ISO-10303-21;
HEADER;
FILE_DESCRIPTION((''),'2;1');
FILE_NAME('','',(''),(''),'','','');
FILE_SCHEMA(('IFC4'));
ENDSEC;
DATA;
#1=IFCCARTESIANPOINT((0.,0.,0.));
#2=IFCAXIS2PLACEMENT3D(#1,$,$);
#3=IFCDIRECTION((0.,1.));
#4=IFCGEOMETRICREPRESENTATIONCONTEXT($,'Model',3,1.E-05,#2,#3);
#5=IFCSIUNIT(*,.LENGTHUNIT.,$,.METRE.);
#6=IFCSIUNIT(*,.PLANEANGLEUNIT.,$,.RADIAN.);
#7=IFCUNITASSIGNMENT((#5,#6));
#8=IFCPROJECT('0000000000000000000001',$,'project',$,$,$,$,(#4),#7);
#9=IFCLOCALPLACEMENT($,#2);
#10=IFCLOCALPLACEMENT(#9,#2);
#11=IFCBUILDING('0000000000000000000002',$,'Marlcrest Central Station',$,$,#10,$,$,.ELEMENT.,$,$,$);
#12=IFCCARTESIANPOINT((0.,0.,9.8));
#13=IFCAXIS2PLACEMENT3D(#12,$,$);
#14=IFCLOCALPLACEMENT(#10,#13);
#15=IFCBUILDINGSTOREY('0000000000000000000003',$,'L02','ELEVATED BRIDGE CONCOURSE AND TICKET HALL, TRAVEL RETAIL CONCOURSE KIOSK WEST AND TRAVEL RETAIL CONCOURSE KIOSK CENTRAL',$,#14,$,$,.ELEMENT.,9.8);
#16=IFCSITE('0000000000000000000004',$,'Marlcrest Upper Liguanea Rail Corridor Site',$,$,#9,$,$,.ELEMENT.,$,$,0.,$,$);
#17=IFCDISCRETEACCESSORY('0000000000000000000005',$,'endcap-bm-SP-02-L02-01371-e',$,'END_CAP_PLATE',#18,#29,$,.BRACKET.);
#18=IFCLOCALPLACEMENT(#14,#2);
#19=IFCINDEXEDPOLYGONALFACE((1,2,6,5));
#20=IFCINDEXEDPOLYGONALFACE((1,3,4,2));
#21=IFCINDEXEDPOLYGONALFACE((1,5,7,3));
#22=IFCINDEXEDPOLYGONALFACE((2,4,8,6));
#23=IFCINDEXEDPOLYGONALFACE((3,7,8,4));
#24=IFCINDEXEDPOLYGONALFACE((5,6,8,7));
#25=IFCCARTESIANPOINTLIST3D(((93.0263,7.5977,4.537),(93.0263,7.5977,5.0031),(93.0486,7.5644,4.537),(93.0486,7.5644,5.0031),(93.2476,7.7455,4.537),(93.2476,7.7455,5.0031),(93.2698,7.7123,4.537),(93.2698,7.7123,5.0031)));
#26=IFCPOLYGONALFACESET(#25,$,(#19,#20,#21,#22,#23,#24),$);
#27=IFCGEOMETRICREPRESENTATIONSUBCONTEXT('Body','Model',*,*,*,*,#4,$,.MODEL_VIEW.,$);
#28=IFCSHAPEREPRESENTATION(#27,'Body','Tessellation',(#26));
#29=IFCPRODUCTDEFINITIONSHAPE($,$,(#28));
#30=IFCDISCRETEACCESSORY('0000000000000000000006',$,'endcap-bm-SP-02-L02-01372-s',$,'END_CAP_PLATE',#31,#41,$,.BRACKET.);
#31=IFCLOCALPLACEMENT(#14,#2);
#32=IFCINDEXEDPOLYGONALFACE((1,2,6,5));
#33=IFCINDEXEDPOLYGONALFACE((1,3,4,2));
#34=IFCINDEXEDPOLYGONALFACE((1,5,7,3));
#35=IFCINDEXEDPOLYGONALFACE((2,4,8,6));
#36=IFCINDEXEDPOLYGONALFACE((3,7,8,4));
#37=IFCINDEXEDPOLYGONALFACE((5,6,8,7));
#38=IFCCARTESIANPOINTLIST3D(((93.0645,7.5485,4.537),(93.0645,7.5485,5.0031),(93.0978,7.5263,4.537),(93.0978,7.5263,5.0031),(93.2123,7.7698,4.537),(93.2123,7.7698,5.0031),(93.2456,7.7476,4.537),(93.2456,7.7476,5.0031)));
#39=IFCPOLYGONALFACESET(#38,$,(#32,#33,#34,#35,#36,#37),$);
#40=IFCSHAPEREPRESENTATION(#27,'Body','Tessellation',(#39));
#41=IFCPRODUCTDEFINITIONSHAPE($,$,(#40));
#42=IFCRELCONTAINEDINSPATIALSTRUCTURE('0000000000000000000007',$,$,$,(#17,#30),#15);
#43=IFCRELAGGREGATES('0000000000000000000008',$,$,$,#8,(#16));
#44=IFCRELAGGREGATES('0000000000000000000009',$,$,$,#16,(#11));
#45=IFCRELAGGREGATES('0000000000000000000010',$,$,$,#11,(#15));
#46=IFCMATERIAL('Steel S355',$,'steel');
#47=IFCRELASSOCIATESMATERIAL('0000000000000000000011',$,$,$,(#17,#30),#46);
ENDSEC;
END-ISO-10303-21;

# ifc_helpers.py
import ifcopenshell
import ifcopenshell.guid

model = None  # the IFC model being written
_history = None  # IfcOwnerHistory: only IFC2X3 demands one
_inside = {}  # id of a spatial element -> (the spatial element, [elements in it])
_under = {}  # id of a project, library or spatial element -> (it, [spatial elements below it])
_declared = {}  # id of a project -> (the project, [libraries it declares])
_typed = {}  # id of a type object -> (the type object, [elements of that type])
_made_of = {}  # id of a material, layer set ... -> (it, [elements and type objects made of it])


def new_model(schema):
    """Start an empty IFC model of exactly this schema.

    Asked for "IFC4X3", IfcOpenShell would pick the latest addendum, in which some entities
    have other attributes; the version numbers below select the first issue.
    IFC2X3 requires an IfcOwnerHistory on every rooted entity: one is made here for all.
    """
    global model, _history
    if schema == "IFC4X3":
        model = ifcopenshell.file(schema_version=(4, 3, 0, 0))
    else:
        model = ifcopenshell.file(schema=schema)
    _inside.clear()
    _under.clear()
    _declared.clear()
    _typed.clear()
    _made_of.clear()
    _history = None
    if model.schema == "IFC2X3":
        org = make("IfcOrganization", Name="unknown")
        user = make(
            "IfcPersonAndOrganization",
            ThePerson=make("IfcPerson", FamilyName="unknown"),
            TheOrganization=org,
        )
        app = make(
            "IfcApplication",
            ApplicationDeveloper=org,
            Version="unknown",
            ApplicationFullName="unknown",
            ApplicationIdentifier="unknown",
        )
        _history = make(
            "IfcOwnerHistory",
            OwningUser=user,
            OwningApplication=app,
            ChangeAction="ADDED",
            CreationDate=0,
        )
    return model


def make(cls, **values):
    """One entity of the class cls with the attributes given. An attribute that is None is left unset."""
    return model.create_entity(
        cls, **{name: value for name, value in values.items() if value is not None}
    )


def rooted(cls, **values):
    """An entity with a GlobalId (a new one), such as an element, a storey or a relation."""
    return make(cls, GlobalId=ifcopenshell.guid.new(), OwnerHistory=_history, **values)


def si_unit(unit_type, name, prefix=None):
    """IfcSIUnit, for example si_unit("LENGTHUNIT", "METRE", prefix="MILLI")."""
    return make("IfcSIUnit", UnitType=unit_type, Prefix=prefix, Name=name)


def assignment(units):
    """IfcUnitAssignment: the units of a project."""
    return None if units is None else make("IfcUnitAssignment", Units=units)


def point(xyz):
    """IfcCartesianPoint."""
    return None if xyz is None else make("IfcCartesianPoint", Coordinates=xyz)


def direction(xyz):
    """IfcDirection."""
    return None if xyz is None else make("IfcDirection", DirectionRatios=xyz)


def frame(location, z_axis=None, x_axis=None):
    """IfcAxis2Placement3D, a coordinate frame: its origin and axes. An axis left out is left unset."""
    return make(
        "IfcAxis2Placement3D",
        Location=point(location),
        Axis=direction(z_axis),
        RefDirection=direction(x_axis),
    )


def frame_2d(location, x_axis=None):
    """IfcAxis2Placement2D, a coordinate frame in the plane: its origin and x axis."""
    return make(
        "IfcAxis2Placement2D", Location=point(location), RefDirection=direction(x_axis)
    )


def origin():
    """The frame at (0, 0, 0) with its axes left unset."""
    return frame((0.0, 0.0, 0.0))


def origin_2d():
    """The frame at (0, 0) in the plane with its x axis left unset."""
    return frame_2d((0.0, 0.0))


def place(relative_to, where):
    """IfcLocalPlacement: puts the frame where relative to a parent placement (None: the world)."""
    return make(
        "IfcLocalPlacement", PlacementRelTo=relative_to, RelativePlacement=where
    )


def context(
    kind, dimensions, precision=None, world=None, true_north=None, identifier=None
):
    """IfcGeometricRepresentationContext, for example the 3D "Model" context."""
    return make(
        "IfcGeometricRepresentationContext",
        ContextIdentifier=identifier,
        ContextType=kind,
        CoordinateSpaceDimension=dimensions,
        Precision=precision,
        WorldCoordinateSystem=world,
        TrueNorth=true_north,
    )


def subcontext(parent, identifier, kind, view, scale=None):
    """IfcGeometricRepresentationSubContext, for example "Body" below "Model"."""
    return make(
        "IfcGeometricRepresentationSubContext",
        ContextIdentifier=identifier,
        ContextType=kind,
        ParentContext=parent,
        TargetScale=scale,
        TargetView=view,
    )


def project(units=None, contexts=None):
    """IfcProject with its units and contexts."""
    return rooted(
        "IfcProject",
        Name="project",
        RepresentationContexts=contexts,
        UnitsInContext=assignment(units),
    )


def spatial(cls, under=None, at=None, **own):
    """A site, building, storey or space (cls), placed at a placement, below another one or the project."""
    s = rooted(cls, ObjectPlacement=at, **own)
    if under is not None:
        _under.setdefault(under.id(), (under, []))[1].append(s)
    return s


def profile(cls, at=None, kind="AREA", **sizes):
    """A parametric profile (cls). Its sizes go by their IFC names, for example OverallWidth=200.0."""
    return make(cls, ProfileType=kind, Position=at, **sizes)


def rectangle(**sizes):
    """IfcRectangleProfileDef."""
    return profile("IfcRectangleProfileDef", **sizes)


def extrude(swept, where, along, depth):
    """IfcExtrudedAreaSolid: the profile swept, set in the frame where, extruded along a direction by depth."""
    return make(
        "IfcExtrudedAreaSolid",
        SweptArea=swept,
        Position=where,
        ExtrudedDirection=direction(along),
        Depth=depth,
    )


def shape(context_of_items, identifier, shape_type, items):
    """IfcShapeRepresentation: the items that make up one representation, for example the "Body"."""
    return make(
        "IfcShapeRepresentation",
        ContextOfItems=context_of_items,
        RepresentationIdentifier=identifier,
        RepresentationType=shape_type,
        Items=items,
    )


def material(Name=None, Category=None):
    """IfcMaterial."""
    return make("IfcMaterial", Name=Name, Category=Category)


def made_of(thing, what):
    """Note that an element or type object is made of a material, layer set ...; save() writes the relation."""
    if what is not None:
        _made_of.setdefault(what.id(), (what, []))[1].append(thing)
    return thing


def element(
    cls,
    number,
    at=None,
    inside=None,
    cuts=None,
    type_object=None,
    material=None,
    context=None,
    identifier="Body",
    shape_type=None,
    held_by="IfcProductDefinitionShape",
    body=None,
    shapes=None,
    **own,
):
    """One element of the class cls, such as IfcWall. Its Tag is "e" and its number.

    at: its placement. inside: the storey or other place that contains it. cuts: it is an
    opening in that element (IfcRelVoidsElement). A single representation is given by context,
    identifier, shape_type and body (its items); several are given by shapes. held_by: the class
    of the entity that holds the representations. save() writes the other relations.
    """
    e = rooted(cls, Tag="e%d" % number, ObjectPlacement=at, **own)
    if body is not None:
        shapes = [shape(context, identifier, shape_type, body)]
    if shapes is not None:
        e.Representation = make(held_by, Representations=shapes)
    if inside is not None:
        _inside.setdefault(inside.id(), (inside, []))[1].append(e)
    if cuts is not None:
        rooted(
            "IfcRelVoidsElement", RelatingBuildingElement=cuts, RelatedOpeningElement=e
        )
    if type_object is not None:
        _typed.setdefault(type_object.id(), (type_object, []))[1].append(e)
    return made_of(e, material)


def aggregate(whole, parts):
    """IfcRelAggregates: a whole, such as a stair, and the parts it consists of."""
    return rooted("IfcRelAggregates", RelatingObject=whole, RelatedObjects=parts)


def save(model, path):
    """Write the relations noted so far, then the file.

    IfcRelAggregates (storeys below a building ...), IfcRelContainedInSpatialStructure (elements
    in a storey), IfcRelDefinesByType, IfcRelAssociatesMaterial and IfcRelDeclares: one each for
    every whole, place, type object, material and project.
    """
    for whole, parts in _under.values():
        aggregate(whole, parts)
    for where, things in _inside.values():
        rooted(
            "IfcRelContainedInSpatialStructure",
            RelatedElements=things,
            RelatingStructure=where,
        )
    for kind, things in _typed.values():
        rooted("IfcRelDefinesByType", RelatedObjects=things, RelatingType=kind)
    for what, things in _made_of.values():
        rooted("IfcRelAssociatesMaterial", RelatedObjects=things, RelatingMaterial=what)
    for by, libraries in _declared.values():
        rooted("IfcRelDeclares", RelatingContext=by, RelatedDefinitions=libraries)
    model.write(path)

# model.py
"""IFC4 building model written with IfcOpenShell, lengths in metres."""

from ifc_helpers import new_model, si_unit, direction, frame, origin, origin_2d, place, context, subcontext, project, spatial, rectangle, extrude, material, element, save


model = new_model("IFC4")

# Units and contexts
model_context = context("Model", 3, precision=1e-05, world=origin(), true_north=direction((0.0, 1.0)))
body_context = subcontext(model_context, "Body", "Model", "MODEL_VIEW")
ifc_project = project(units=[si_unit("LENGTHUNIT", "METRE"), si_unit("PLANEANGLEUNIT", "RADIAN")], contexts=[model_context])

# Site, building, storey
site_placement = place(None, origin())
site = spatial("IfcSite", under=ifc_project, at=site_placement, Name="Marlcrest Upper Liguanea Rail Corridor Site", CompositionType="ELEMENT", RefElevation=0.0)
building_placement = place(site_placement, origin())
building = spatial("IfcBuilding", under=site, at=building_placement, Name="Marlcrest Central Station", CompositionType="ELEMENT")
storey_placement = place(building_placement, frame((0.0, 0.0, 9.8)))
storey = spatial("IfcBuildingStorey", under=building, at=storey_placement, Name="L02", Description="ELEVATED BRIDGE CONCOURSE AND TICKET HALL, TRAVEL RETAIL CONCOURSE KIOSK WEST AND TRAVEL RETAIL CONCOURSE KIOSK CENTRAL", CompositionType="ELEMENT", Elevation=9.8)

# Shared definitions
ifc_material_1 = material(Name="Steel S355", Category="steel")

# Discrete accessories
for number, where, z_axis, x_axis, name in (
    (1, (93.137, 7.6716, 4.77), (0.555511, -0.831509, 0.0), (0.831509, 0.555511, 0.0), "endcap-bm-SP-02-L02-01371-e"),
    (2, (93.1384, 7.6592, 4.77), (0.831509, -0.555511, 0.0), (0.555511, 0.831509, 0.0), "endcap-bm-SP-02-L02-01372-s"),
):
    element("IfcDiscreteAccessory", number, at=place(storey_placement, frame(where, z_axis=z_axis, x_axis=x_axis)), inside=storey, material=ifc_material_1, Name=name, ObjectType="END_CAP_PLATE", PredefinedType="BRACKET", context=body_context, shape_type="SweptSolid", body=[
        extrude(rectangle(XDim=0.2661, YDim=0.4661, at=origin_2d()), origin(), (0.0, 0.0, 1.0), 0.04),
    ])

save(model, "model.ifc")
